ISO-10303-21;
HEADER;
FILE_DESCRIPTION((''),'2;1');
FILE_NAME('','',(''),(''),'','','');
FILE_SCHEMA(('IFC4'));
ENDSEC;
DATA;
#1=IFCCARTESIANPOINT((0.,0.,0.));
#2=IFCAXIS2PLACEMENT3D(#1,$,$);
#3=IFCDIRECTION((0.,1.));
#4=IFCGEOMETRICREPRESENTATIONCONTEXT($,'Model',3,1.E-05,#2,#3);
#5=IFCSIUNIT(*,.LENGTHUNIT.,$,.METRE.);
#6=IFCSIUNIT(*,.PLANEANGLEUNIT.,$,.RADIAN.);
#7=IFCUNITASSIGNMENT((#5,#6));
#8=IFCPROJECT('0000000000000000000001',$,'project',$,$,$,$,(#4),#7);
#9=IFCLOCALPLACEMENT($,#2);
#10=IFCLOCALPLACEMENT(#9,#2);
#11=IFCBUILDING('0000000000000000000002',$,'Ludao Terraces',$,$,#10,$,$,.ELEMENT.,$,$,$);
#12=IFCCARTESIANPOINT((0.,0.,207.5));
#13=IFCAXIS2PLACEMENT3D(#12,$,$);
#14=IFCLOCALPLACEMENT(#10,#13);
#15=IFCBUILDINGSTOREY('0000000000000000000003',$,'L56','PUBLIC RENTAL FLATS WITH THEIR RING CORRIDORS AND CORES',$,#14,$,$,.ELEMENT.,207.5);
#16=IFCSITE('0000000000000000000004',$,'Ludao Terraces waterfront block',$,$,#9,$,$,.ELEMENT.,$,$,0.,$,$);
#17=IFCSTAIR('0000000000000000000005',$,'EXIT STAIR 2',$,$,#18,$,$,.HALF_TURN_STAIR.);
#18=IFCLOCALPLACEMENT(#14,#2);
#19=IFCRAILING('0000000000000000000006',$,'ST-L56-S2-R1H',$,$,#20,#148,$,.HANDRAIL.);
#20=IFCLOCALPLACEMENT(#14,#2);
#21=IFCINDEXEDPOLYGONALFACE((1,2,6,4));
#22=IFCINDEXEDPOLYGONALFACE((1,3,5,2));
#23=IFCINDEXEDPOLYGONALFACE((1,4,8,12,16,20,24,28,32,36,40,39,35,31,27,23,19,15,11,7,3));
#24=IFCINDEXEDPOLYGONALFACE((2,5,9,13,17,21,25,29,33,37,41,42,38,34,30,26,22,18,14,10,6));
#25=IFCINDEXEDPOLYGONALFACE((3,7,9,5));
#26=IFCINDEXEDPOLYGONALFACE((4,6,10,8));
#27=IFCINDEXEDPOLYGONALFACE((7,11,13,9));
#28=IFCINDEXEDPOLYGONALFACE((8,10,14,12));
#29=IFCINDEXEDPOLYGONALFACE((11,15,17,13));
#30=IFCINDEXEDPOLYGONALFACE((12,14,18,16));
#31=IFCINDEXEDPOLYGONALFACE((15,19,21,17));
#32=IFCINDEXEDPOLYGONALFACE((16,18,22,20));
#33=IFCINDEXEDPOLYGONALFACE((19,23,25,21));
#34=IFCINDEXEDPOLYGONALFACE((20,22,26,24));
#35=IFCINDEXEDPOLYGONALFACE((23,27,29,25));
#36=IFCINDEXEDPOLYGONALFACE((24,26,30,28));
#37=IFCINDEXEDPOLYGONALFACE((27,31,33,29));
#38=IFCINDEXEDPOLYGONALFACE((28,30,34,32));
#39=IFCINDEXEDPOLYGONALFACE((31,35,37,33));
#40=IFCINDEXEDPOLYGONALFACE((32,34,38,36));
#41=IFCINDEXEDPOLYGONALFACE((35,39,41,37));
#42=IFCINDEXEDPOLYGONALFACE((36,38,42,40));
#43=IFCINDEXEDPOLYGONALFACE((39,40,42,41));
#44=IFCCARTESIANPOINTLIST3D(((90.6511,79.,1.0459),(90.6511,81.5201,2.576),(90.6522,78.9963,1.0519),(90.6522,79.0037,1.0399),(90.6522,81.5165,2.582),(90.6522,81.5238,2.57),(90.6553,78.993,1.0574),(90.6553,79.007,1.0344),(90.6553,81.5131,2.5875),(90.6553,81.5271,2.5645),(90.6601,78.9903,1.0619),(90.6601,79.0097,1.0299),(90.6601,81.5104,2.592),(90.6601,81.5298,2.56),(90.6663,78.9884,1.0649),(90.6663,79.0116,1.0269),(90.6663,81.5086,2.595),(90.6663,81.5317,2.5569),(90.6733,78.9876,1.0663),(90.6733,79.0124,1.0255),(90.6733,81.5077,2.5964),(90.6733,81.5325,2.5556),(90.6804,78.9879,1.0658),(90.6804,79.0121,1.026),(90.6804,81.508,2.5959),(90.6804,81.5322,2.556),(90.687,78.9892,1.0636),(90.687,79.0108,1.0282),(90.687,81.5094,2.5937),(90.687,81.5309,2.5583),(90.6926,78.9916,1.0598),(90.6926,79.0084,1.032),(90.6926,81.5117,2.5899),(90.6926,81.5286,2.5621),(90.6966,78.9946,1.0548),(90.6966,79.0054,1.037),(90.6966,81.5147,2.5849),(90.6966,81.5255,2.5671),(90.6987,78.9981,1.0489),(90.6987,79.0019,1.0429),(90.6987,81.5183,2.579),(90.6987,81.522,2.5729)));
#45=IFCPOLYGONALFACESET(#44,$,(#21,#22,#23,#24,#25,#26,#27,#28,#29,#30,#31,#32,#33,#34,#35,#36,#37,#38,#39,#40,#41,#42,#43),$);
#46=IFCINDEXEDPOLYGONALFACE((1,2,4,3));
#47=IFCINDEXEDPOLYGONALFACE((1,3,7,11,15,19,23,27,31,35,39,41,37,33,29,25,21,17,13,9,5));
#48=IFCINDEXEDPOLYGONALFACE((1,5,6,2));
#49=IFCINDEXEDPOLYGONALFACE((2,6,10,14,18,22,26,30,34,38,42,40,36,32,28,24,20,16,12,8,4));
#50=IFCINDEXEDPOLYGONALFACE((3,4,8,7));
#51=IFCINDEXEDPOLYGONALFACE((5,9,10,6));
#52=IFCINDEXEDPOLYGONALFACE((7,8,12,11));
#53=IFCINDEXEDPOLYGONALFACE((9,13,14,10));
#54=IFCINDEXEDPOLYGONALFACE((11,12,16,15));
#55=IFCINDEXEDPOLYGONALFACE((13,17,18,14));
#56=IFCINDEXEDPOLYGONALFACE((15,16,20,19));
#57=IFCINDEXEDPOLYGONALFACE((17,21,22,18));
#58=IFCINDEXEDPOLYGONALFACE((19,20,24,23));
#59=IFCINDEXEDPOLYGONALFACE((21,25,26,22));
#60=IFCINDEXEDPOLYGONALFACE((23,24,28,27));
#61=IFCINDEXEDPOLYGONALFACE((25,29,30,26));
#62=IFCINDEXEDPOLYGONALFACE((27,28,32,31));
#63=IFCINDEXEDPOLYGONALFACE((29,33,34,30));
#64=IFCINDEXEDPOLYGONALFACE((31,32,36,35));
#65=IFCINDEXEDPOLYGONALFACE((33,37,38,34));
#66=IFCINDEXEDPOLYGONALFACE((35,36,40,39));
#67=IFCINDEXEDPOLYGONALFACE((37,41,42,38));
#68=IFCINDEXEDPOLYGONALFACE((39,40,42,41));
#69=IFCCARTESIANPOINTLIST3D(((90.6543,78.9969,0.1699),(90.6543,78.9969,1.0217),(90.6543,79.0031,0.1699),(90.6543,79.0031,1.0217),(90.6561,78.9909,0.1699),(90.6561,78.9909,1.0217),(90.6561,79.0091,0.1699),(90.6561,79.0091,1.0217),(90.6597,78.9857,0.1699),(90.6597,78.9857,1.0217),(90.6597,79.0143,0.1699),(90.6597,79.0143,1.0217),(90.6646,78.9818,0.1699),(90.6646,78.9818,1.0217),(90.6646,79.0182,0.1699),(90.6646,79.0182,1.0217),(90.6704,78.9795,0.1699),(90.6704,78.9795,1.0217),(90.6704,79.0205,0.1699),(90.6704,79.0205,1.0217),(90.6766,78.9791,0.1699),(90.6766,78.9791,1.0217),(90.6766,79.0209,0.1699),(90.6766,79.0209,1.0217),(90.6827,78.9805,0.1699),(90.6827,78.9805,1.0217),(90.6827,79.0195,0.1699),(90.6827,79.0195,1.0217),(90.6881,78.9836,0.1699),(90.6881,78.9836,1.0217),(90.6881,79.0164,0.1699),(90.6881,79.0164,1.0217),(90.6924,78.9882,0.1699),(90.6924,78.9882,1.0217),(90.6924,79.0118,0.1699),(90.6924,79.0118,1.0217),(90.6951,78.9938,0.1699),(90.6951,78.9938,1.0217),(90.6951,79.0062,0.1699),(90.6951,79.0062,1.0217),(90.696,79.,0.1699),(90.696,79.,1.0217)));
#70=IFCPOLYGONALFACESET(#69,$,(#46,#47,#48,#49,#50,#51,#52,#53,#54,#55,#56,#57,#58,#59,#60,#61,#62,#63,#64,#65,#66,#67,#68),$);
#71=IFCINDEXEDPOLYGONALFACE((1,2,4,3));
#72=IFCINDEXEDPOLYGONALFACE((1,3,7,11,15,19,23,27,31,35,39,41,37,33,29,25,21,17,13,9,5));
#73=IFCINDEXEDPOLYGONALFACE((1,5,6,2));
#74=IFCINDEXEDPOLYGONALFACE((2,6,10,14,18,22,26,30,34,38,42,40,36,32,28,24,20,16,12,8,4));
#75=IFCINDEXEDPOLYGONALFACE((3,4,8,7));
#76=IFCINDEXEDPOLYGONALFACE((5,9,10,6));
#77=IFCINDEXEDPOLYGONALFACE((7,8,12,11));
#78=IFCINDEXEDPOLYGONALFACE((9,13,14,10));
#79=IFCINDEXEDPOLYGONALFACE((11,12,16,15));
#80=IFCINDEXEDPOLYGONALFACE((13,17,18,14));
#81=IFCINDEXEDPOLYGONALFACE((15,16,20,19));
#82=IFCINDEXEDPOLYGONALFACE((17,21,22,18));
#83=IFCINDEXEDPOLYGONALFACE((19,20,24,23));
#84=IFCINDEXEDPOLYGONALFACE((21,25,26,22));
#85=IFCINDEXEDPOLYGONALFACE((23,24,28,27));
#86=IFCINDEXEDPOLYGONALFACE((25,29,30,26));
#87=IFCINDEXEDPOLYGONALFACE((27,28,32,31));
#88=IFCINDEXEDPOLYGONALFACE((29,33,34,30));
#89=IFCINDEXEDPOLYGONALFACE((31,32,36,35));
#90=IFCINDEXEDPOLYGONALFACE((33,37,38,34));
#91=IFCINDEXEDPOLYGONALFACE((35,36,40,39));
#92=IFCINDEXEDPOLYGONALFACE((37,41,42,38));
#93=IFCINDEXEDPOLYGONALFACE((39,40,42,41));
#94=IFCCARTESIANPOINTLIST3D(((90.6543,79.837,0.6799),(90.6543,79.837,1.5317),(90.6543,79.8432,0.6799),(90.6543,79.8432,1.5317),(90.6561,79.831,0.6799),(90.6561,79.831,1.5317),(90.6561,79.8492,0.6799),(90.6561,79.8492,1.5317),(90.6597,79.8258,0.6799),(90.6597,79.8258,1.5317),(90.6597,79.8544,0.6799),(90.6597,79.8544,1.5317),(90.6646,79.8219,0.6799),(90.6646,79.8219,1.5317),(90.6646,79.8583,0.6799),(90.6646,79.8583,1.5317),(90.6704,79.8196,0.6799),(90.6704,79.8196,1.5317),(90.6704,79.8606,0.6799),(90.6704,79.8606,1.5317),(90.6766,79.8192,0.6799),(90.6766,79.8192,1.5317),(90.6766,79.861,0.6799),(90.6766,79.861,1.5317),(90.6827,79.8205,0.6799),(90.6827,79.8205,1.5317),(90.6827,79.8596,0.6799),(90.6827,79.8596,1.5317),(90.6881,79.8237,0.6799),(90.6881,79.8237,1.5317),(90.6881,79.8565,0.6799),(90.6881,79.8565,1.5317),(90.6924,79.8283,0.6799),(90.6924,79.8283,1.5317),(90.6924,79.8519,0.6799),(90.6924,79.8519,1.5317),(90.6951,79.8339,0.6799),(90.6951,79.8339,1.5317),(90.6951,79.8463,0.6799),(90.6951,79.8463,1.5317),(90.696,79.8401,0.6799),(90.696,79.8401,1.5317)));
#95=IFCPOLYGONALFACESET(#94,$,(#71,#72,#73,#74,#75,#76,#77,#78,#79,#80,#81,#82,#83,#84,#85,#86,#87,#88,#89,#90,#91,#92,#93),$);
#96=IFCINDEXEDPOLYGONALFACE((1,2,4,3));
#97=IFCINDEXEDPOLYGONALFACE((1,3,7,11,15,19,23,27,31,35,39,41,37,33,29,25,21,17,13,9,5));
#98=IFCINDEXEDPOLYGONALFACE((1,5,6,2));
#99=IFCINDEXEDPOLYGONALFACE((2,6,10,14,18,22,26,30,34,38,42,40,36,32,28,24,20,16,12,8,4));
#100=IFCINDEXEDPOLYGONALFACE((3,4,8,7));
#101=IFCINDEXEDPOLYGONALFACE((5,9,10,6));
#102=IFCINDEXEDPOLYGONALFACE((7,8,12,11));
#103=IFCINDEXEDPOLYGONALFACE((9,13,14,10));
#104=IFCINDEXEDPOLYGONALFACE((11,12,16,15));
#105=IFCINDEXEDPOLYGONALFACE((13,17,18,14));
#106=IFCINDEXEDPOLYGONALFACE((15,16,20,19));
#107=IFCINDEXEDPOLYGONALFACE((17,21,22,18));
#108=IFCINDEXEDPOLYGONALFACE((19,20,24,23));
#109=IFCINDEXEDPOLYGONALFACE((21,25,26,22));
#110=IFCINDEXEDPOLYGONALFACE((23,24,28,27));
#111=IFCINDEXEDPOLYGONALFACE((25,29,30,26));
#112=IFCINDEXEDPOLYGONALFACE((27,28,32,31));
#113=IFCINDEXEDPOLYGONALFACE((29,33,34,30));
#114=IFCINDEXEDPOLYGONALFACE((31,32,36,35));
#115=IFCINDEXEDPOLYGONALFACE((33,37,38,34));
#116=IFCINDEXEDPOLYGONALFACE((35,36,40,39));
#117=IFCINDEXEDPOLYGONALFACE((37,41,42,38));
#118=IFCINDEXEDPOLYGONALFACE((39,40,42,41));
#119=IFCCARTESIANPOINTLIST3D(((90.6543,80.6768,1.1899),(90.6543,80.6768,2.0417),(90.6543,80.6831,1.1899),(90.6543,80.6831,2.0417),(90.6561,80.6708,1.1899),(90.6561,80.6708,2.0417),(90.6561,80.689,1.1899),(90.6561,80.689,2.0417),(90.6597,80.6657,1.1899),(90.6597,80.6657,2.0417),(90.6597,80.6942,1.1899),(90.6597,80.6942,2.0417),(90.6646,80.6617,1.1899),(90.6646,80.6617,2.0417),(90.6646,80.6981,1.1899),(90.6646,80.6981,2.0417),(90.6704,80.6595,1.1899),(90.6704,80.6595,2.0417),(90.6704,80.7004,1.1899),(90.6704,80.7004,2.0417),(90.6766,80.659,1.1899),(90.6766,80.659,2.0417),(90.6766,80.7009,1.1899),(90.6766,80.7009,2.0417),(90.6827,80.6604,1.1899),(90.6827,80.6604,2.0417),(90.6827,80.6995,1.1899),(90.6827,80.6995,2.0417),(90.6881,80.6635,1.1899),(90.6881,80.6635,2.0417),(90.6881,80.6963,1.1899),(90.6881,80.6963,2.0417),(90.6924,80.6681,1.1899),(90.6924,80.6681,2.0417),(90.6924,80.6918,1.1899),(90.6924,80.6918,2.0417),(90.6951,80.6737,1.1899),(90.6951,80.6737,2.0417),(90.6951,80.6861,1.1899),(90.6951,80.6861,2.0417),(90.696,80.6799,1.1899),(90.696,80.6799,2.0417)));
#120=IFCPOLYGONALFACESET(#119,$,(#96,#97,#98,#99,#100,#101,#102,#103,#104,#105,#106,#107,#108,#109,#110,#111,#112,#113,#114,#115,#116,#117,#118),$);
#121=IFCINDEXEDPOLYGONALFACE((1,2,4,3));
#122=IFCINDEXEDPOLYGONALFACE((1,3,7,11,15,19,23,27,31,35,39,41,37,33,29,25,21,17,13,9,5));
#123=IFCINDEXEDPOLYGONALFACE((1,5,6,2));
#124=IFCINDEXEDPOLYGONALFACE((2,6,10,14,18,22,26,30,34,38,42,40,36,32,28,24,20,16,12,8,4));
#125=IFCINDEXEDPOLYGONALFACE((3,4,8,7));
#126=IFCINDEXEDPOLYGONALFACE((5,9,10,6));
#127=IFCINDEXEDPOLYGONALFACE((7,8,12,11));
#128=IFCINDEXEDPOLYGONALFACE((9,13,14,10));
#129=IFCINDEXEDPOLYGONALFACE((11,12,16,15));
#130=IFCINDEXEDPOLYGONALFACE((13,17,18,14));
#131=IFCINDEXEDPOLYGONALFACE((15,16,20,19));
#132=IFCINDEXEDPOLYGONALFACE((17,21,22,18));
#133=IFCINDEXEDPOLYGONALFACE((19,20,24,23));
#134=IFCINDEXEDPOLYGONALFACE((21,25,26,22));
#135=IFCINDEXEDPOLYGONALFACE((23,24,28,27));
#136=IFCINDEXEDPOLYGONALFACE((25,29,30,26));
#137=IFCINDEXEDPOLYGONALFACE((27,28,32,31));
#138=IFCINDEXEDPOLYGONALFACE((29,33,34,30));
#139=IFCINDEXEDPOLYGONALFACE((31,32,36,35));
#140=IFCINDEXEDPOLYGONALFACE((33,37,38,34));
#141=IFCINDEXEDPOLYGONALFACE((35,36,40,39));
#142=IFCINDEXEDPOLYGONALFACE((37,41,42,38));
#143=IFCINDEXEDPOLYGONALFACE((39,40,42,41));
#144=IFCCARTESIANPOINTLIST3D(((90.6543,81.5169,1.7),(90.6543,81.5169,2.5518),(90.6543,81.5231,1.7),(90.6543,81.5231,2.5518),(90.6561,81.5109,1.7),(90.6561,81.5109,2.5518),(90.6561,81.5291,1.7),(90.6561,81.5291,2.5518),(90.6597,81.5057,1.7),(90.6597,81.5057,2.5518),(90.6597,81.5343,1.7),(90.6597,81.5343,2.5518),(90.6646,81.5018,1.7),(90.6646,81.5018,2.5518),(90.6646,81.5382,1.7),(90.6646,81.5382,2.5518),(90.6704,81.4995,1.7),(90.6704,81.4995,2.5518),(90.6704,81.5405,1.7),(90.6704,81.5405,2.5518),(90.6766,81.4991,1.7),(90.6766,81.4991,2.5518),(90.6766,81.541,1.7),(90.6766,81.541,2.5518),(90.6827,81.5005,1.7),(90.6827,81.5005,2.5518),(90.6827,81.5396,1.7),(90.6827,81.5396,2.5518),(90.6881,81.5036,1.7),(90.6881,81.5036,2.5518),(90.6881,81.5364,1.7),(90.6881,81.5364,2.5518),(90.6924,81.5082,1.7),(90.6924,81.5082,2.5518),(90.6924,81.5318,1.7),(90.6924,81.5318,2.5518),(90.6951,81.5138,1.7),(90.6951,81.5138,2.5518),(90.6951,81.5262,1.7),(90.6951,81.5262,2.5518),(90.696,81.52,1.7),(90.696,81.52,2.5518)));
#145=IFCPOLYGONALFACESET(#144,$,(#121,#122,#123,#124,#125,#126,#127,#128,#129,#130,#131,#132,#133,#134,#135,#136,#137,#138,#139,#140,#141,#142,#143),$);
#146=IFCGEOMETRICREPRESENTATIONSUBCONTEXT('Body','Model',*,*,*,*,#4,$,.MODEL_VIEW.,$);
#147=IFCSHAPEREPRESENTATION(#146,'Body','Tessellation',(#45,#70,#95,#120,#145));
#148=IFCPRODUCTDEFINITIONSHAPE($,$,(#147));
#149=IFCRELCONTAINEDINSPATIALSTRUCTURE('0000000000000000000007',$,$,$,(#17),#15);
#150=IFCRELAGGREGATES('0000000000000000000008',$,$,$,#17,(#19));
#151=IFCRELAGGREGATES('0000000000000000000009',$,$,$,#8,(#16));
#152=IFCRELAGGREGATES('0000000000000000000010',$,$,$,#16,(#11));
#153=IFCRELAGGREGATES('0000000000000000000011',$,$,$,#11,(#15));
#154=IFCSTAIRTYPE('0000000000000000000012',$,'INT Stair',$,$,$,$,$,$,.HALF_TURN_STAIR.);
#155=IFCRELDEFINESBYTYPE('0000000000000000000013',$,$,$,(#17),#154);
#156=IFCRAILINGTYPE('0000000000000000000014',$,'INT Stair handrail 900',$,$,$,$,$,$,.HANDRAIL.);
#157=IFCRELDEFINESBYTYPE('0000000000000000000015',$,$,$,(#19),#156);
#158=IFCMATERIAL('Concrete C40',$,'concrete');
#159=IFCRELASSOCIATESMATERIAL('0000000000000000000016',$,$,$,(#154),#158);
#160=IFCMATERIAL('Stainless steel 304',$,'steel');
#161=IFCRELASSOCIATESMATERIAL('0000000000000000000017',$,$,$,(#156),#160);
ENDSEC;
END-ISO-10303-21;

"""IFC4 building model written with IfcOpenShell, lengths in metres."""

from ifc_helpers import new_model, si_unit, direction, frame, origin, origin_2d, place, context, subcontext, project, spatial, circle, extrude, material, type_object, element, aggregate, save


model = new_model("IFC4")

# Units and contexts
model_context = context("Model", 3, precision=1e-05, world=origin(), true_north=direction((0.0, 1.0)))
body_context = subcontext(model_context, "Body", "Model", "MODEL_VIEW")
ifc_project = project(units=[si_unit("LENGTHUNIT", "METRE"), si_unit("PLANEANGLEUNIT", "RADIAN")], contexts=[model_context])

# Site, building, storey
site_placement = place(None, origin())
site = spatial("IfcSite", under=ifc_project, at=site_placement, Name="Ludao Terraces waterfront block", CompositionType="ELEMENT", RefElevation=0.0)
building_placement = place(site_placement, origin())
building = spatial("IfcBuilding", under=site, at=building_placement, Name="Ludao Terraces", CompositionType="ELEMENT")
storey_placement = place(building_placement, frame((0.0, 0.0, 207.5)))
storey = spatial("IfcBuildingStorey", under=building, at=storey_placement, Name="L56", Description="PUBLIC RENTAL FLATS WITH THEIR RING CORRIDORS AND CORES", CompositionType="ELEMENT", Elevation=207.5)

# Stair, railing
ifc_material_1 = material(Name="Concrete C40", Category="concrete")
stair_type = type_object("IfcStairType", Name="INT Stair", PredefinedType="HALF_TURN_STAIR", material=ifc_material_1)
stair_placement = place(storey_placement, origin())
stair = element("IfcStair", 1, at=stair_placement, inside=storey, type_object=stair_type, Name="EXIT STAIR 2", PredefinedType="HALF_TURN_STAIR")
ifc_material_2 = material(Name="Stainless steel 304", Category="steel")
railing_type_1 = type_object("IfcRailingType", Name="INT Stair handrail 900", PredefinedType="HANDRAIL", material=ifc_material_2)
railing_1_placement = place(storey_placement, frame((90.675, 79.0, 0.1699)))
railing_1 = element("IfcRailing", 2, at=railing_1_placement, type_object=railing_type_1, Name="ST-L56-S2-R1H", PredefinedType="HANDRAIL", context=body_context, shape_type="SweptSolid", body=[
    extrude(circle(Radius=0.0239, at=origin_2d()), frame((0.0, 0.0, 0.876), z_axis=(0.0, 0.854785, 0.518982), x_axis=(-1.0, 0.0, 0.0)), (0.0, 0.0, 1.0), 2.9482),
    extrude(circle(Radius=0.021, at=origin_2d()), origin(), (0.0, 0.0, 1.0), 0.8518),
    extrude(circle(Radius=0.021, at=origin_2d()), frame((0.0, 0.8401, 0.51)), (0.0, 0.0, 1.0), 0.8518),
    extrude(circle(Radius=0.021, at=origin_2d()), frame((0.0, 1.6799, 1.02)), (0.0, 0.0, 1.0), 0.8518),
    extrude(circle(Radius=0.021, at=origin_2d()), frame((0.0, 2.52, 1.53)), (0.0, 0.0, 1.0), 0.8518),
])
aggregate(stair, [railing_1])

save(model, "model.ifc")
